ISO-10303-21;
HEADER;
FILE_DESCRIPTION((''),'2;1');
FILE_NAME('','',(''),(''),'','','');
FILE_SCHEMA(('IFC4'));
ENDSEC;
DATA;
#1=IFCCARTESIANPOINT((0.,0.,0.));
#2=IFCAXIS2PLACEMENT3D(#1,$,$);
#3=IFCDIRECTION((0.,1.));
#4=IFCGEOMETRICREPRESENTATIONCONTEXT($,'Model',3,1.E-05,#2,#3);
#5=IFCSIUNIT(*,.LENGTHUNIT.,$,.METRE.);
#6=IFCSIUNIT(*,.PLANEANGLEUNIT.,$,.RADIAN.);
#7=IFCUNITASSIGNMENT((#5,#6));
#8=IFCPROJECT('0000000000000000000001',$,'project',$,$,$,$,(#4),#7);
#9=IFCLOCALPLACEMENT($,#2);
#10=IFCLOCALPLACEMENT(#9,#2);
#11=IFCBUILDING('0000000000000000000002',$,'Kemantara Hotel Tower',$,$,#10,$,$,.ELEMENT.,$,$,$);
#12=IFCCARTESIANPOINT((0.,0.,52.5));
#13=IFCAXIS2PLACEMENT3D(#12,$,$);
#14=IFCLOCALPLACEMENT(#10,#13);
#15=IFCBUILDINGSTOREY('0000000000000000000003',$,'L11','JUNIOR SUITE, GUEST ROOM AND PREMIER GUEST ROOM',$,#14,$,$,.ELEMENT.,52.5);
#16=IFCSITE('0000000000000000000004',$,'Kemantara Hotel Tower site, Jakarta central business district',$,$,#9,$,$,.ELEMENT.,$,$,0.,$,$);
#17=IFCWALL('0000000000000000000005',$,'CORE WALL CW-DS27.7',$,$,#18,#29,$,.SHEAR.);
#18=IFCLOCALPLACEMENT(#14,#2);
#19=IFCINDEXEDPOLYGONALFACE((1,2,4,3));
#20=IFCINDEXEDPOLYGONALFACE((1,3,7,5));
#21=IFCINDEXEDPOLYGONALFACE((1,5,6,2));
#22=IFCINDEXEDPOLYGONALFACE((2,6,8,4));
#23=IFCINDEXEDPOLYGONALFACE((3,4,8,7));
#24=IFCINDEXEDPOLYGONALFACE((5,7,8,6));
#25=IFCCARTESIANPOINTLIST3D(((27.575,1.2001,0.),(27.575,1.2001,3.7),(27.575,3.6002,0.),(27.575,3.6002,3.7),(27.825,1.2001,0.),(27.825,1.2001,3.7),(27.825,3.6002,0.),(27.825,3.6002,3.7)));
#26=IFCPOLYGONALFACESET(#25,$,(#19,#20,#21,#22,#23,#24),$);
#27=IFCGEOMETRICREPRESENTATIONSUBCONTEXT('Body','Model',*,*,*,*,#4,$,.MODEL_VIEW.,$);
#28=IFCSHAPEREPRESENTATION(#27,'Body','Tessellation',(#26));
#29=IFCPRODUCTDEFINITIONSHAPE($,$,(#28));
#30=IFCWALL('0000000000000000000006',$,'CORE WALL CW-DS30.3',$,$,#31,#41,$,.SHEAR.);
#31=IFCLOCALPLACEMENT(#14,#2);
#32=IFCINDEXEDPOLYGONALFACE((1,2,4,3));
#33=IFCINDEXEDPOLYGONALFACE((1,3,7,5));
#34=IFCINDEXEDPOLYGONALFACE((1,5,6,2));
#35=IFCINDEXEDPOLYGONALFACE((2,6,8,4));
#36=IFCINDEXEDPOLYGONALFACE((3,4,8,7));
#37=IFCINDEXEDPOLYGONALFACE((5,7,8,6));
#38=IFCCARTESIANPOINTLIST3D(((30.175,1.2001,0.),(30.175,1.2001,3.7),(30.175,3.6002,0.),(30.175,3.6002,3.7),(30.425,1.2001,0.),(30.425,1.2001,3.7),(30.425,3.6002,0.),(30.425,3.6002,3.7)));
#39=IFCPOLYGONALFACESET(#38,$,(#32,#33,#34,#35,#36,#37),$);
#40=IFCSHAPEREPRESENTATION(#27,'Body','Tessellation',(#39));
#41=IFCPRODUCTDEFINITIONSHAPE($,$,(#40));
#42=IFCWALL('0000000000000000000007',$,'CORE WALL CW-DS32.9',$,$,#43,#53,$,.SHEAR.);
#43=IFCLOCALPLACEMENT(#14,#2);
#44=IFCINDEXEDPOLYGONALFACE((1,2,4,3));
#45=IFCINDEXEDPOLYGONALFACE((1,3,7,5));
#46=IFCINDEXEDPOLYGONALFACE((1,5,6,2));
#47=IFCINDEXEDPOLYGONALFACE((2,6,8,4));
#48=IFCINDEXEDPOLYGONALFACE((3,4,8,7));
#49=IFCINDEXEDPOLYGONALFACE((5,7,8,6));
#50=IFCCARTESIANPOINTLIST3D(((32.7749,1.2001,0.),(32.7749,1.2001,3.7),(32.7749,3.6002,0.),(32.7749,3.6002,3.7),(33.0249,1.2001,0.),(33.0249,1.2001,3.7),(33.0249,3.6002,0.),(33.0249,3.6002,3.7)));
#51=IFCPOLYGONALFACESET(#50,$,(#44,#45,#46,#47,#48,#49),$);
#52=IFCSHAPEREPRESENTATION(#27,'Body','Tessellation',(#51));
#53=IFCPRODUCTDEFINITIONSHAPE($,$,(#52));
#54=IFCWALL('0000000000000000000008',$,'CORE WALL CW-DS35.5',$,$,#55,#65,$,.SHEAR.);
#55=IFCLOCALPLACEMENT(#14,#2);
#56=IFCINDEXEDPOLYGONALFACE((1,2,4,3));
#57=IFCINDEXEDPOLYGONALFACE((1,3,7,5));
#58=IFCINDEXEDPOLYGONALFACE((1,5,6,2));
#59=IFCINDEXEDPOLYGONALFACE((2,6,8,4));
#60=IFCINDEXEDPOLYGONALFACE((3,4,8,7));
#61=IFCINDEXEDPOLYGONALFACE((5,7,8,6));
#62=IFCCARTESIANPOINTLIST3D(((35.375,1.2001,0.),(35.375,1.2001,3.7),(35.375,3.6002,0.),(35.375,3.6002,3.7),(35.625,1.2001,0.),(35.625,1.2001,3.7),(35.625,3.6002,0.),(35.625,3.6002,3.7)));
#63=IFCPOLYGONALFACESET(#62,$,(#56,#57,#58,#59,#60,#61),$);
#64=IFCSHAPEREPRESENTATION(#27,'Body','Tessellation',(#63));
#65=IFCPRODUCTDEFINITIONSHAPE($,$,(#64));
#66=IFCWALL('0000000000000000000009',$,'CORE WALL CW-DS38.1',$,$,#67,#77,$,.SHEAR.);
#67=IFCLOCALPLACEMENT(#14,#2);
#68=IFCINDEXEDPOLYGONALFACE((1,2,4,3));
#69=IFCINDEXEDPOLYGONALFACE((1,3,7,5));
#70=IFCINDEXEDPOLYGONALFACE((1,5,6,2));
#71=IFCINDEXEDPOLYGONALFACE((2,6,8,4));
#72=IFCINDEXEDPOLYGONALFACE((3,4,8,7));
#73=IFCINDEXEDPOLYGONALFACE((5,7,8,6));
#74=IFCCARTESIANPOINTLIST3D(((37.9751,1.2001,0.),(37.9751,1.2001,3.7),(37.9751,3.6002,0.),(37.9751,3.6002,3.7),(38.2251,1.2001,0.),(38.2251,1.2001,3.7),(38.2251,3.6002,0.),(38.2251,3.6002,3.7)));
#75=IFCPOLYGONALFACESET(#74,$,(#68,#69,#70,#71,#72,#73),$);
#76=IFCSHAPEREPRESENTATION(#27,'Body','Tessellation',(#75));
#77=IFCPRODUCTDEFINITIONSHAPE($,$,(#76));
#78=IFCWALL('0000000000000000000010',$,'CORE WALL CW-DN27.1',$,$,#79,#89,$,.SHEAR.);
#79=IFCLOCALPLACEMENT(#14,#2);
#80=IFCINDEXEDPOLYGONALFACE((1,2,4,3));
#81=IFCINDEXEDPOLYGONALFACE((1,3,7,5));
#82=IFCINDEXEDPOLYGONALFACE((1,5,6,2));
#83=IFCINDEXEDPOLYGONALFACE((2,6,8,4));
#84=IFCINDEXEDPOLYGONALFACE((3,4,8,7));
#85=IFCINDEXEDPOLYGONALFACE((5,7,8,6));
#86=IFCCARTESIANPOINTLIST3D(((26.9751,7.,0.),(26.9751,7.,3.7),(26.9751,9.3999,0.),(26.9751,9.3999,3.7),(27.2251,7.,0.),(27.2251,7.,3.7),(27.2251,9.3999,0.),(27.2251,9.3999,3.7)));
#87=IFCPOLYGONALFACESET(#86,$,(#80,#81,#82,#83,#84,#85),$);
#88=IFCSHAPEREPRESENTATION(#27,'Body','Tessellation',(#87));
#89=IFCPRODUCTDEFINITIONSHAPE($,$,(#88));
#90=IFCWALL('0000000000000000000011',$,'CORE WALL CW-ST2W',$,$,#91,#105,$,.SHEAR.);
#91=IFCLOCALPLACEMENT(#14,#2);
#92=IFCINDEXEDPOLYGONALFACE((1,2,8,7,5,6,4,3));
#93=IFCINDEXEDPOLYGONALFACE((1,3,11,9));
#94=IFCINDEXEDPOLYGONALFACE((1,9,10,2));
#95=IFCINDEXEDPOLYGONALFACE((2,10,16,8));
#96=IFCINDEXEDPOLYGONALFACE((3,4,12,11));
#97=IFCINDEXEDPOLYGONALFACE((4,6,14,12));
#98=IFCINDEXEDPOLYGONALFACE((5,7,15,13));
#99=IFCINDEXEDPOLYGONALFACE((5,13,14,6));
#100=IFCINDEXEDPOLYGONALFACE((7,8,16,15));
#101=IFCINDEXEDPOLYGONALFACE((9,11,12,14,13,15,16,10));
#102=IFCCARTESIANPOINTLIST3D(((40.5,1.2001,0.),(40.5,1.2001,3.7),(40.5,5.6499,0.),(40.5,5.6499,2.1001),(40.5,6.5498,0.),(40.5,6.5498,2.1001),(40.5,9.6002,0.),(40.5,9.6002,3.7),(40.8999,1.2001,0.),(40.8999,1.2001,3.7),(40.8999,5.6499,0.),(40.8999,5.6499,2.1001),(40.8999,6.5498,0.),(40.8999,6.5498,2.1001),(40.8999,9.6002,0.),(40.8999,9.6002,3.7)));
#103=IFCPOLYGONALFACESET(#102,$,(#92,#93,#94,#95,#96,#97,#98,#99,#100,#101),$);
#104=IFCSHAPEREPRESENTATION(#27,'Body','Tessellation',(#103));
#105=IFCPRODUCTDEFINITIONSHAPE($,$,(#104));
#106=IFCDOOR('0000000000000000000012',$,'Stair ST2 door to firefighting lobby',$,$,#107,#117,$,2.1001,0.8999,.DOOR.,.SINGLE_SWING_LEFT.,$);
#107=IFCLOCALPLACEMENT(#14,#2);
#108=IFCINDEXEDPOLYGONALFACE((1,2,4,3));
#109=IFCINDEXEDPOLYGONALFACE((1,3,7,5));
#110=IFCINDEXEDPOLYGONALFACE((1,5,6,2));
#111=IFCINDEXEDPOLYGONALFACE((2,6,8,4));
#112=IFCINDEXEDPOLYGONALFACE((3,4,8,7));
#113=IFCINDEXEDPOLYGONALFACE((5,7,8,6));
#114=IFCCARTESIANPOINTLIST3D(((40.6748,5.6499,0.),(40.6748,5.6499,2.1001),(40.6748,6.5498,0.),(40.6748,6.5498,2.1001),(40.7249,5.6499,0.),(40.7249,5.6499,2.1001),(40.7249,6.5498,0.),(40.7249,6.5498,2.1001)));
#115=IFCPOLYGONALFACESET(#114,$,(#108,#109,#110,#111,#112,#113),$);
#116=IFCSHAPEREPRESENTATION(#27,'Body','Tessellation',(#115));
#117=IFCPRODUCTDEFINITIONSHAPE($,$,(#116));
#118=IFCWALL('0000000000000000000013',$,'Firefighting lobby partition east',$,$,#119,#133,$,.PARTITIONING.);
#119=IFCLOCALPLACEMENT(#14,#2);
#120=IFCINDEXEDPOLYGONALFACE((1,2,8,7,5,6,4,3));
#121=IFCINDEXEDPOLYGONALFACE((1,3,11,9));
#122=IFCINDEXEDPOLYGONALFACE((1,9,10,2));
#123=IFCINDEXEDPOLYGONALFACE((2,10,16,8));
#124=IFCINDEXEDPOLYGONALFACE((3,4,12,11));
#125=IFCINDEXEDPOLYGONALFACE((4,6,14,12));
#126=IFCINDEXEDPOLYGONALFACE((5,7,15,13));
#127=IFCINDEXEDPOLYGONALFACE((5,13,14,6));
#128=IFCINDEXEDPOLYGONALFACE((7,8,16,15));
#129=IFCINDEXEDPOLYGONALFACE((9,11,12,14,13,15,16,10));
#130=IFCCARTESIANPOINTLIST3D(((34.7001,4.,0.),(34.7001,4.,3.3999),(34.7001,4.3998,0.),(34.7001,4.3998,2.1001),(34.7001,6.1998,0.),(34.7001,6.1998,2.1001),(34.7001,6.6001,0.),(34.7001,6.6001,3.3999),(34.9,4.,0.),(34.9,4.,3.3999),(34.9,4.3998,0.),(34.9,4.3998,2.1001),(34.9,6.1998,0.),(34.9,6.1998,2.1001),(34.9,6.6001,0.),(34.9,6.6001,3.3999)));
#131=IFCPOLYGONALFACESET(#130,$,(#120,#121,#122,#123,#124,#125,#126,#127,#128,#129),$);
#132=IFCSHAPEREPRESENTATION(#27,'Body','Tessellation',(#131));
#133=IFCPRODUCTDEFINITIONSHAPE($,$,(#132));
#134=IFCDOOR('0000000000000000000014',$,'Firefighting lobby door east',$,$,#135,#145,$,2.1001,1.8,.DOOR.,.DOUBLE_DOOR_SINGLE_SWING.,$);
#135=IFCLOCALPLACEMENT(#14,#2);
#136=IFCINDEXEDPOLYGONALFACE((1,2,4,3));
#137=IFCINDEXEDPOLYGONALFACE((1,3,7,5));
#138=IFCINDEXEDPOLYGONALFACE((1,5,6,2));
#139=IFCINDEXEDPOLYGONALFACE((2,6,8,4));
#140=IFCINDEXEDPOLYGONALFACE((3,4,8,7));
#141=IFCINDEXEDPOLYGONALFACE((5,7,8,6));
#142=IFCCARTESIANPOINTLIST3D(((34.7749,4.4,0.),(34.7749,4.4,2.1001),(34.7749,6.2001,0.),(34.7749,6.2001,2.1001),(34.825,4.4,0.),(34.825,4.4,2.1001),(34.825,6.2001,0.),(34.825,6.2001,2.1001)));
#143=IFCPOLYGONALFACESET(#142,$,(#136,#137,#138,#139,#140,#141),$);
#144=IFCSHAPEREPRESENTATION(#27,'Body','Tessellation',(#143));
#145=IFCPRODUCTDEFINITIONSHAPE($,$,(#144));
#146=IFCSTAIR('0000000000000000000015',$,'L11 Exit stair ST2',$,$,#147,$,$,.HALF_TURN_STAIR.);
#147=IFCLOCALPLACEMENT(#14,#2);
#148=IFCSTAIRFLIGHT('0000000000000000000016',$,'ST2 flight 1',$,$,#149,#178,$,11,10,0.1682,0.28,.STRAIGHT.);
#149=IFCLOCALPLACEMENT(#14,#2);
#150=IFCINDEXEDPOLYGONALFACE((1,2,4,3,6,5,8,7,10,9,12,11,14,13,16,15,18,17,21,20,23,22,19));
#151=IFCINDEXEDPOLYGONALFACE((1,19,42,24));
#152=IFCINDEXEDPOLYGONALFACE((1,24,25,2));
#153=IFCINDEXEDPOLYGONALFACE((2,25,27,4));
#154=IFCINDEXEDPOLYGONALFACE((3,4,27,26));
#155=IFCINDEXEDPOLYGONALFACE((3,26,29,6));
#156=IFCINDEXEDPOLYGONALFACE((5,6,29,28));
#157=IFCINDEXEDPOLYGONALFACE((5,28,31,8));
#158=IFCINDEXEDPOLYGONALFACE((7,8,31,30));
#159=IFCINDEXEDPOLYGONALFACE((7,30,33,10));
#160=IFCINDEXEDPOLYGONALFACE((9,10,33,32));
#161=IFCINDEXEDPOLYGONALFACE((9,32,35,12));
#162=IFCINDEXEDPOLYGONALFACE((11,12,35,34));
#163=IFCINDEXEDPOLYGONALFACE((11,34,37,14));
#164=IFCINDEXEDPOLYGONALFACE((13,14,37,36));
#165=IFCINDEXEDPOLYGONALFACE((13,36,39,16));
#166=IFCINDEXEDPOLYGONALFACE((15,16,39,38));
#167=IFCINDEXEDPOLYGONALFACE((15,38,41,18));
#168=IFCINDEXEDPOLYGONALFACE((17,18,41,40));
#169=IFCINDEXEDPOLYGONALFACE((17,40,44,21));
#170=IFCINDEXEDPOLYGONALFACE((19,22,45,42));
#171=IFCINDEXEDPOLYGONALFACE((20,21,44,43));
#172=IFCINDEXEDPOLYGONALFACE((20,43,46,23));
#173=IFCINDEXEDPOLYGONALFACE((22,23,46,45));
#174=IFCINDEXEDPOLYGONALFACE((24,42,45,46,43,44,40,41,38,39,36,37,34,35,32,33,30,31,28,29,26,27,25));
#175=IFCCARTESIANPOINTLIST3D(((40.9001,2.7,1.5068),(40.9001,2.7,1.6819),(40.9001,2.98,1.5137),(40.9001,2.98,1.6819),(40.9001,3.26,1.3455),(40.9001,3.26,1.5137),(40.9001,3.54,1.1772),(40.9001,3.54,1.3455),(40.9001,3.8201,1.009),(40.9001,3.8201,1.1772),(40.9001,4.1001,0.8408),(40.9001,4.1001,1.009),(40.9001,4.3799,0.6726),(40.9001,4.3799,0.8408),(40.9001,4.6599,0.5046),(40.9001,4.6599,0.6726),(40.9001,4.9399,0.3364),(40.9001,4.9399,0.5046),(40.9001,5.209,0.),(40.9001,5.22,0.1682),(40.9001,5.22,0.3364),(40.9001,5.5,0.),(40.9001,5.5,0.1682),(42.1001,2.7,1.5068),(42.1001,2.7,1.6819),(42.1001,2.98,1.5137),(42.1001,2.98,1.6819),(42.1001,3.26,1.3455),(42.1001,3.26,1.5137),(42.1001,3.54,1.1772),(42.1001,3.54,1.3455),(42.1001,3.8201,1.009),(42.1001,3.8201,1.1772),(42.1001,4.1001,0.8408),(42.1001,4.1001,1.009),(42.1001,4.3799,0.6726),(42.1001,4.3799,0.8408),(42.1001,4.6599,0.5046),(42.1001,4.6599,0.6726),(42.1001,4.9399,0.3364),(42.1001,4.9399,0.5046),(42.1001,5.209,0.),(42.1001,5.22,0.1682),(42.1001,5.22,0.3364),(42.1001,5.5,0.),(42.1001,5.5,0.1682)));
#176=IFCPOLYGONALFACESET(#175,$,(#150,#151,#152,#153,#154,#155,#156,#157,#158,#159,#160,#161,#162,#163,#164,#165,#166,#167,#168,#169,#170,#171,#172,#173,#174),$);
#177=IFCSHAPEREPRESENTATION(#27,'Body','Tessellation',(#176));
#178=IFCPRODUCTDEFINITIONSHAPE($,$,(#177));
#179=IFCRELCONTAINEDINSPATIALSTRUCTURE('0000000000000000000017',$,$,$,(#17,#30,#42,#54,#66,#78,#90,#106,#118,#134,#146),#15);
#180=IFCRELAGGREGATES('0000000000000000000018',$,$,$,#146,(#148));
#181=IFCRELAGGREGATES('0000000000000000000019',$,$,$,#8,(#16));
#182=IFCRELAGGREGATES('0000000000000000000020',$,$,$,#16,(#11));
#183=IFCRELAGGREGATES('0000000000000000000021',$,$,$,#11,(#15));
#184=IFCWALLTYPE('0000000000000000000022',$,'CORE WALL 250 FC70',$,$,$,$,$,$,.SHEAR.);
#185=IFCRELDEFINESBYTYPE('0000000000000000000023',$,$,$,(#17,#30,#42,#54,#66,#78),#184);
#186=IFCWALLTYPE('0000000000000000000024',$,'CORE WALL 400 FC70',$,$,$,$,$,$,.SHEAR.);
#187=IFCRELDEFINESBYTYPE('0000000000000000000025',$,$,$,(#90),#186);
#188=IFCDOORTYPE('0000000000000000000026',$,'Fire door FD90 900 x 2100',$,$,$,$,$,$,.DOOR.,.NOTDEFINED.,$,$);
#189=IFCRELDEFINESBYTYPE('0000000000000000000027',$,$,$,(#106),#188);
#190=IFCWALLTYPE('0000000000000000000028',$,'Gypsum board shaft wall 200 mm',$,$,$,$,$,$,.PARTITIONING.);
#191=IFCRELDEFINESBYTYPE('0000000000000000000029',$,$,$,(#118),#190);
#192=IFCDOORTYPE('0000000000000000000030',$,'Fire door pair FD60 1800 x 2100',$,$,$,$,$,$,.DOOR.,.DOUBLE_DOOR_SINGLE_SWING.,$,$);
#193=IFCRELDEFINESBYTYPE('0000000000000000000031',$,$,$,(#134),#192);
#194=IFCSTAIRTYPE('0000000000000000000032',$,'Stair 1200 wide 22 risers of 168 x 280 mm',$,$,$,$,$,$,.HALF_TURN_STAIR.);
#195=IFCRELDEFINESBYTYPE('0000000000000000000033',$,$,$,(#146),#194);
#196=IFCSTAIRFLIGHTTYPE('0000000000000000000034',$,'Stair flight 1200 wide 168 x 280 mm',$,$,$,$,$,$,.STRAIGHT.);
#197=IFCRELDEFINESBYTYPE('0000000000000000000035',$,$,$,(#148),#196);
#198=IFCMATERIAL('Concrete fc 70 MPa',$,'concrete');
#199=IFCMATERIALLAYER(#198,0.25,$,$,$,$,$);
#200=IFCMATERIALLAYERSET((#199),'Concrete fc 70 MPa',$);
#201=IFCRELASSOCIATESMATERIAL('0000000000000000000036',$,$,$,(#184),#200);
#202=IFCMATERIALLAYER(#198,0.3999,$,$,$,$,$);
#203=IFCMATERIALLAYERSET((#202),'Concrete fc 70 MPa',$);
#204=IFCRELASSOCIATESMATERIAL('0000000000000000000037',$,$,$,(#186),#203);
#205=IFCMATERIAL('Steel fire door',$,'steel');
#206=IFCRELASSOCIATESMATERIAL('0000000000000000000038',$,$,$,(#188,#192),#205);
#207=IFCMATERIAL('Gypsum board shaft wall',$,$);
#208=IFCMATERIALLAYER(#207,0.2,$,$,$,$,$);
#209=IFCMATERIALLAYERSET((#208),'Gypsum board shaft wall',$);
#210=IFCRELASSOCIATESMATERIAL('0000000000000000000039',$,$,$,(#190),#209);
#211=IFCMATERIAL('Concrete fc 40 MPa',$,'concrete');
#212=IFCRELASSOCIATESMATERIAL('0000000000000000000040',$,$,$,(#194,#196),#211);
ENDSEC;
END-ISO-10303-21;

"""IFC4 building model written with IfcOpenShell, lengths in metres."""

from ifc_helpers import new_model, si_unit, direction, frame, frame_2d, origin, place, context, subcontext, project, spatial, polyline, rectangle, outline, extrude, material, layer, layer_set, type_object, element, fill, aggregate, save


model = new_model("IFC4")

# Units and contexts
model_context = context("Model", 3, precision=1e-05, world=origin(), true_north=direction((0.0, 1.0)))
body_context = subcontext(model_context, "Body", "Model", "MODEL_VIEW")
ifc_project = project(units=[si_unit("LENGTHUNIT", "METRE"), si_unit("PLANEANGLEUNIT", "RADIAN")], contexts=[model_context])

# Site, building, storey
site_placement = place(None, origin())
site = spatial("IfcSite", under=ifc_project, at=site_placement, Name="Kemantara Hotel Tower site, Jakarta central business district", CompositionType="ELEMENT", RefElevation=0.0)
building_placement = place(site_placement, origin())
building = spatial("IfcBuilding", under=site, at=building_placement, Name="Kemantara Hotel Tower", CompositionType="ELEMENT")
storey_placement = place(building_placement, frame((0.0, 0.0, 52.5)))
storey = spatial("IfcBuildingStorey", under=building, at=storey_placement, Name="L11", Description="JUNIOR SUITE, GUEST ROOM AND PREMIER GUEST ROOM", CompositionType="ELEMENT", Elevation=52.5)

# Walls
ifc_material_1 = material(Name="Concrete fc 70 MPa", Category="concrete")
ifc_layer_1 = layer(ifc_material_1, 0.25)
ifc_layer_set_1 = layer_set([ifc_layer_1], Name="Concrete fc 70 MPa")
wall_type_1 = type_object("IfcWallType", Name="CORE WALL 250 FC70", PredefinedType="SHEAR", material=ifc_layer_set_1)
for number, where, z_axis, x_axis, name in (
    (1, (27.7, 1.2, 0.0), (0.0, 0.0, 1.0), (0.0, 1.0, 0.0), "CORE WALL CW-DS27.7"),
    (2, (30.3, 1.2, 0.0), (0.0, 0.0, 1.0), (0.0, 1.0, 0.0), "CORE WALL CW-DS30.3"),
    (3, (32.8999, 1.2, 0.0), (0.0, 0.0, 1.0), (0.0, 1.0, 0.0), "CORE WALL CW-DS32.9"),
    (4, (35.5, 1.2, 0.0), (0.0, 0.0, 1.0), (0.0, 1.0, 0.0), "CORE WALL CW-DS35.5"),
    (5, (38.1001, 1.2, 0.0), (0.0, 0.0, 1.0), (0.0, 1.0, 0.0), "CORE WALL CW-DS38.1"),
):
    element("IfcWall", number, at=place(storey_placement, frame(where, z_axis=z_axis, x_axis=x_axis)), inside=storey, type_object=wall_type_1, Name=name, PredefinedType="SHEAR", context=body_context, shape_type="SweptSolid", body=[
        extrude(rectangle(XDim=2.4001, YDim=0.25, at=frame_2d((1.2002, 0.0))), origin(), (0.0, 0.0, 1.0), 3.7),
    ])
wall_1_placement = place(storey_placement, frame((27.1001, 7.0, 0.0), z_axis=(0.0, 0.0, 1.0), x_axis=(0.0, 1.0, 0.0)))
element("IfcWall", 6, at=wall_1_placement, inside=storey, type_object=wall_type_1, Name="CORE WALL CW-DN27.1", PredefinedType="SHEAR", context=body_context, shape_type="SweptSolid", body=[
    extrude(rectangle(XDim=2.3999, YDim=0.25, at=frame_2d((1.2, 0.0))), origin(), (0.0, 0.0, 1.0), 3.7),
])

# Walls, openings, doors
ifc_layer_2 = layer(ifc_material_1, 0.3999)
ifc_layer_set_2 = layer_set([ifc_layer_2], Name="Concrete fc 70 MPa")
wall_type_2 = type_object("IfcWallType", Name="CORE WALL 400 FC70", PredefinedType="SHEAR", material=ifc_layer_set_2)
wall_2_placement = place(storey_placement, frame((40.7, 1.2, 0.0), z_axis=(0.0, 0.0, 1.0), x_axis=(0.0, 1.0, 0.0)))
wall_2 = element("IfcWall", 7, at=wall_2_placement, inside=storey, type_object=wall_type_2, Name="CORE WALL CW-ST2W", PredefinedType="SHEAR", context=body_context, shape_type="SweptSolid", body=[
    extrude(rectangle(XDim=8.4001, YDim=0.3999, at=frame_2d((4.2002, 0.0))), origin(), (0.0, 0.0, 1.0), 3.7),
])
opening_1_placement = place(wall_2_placement, frame((4.45, 0.0, 0.0)))
opening_1 = element("IfcOpeningElement", 8, at=opening_1_placement, cuts=wall_2, PredefinedType="OPENING", context=body_context, shape_type="SweptSolid", body=[
    extrude(rectangle(XDim=0.8999, YDim=2.1001, at=frame_2d((0.45, 1.05))), frame((0.0, 0.21, 0.0), z_axis=(0.0, -1.0, 0.0), x_axis=(1.0, 0.0, 0.0)), (0.0, 0.0, 1.0), 0.4199),
])
ifc_material_2 = material(Name="Steel fire door", Category="steel")
door_type_1 = type_object("IfcDoorType", Name="Fire door FD90 900 x 2100", OperationType="NOTDEFINED", PredefinedType="DOOR", material=ifc_material_2)
door_1_placement = place(opening_1_placement, frame((0.8999, 0.0, 0.0), z_axis=(0.0, 0.0, 1.0), x_axis=(-1.0, 0.0, 0.0)))
door_1 = element("IfcDoor", 9, at=door_1_placement, inside=storey, type_object=door_type_1, Name="Stair ST2 door to firefighting lobby", OperationType="SINGLE_SWING_LEFT", OverallHeight=2.1001, OverallWidth=0.8999, PredefinedType="DOOR", context=body_context, shape_type="SweptSolid", body=[
    extrude(rectangle(XDim=0.8999, YDim=2.1001, at=frame_2d((0.45, 1.05))), frame((0.0, 0.0249, 0.0), z_axis=(0.0, -1.0, 0.0), x_axis=(1.0, 0.0, 0.0)), (0.0, 0.0, 1.0), 0.05),
])
fill(opening_1, door_1)
ifc_material_3 = material(Name="Gypsum board shaft wall")
ifc_layer_3 = layer(ifc_material_3, 0.2)
ifc_layer_set_3 = layer_set([ifc_layer_3], Name="Gypsum board shaft wall")
wall_type_3 = type_object("IfcWallType", Name="Gypsum board shaft wall 200 mm", PredefinedType="PARTITIONING", material=ifc_layer_set_3)
wall_3_placement = place(storey_placement, frame((34.8, 4.0, 0.0), z_axis=(0.0, 0.0, 1.0), x_axis=(0.0, 1.0, 0.0)))
wall_3 = element("IfcWall", 10, at=wall_3_placement, inside=storey, type_object=wall_type_3, Name="Firefighting lobby partition east", PredefinedType="PARTITIONING", context=body_context, shape_type="SweptSolid", body=[
    extrude(rectangle(XDim=2.6001, YDim=0.2, at=frame_2d((1.3, 0.0))), origin(), (0.0, 0.0, 1.0), 3.3999),
])
opening_2_placement = place(wall_3_placement, frame((0.3999, 0.0, 0.0)))
opening_2 = element("IfcOpeningElement", 11, at=opening_2_placement, cuts=wall_3, PredefinedType="OPENING", context=body_context, shape_type="SweptSolid", body=[
    extrude(rectangle(XDim=1.8, YDim=2.1001, at=frame_2d((0.8999, 1.05))), frame((0.0, 0.1099, 0.0), z_axis=(0.0, -1.0, 0.0), x_axis=(1.0, 0.0, 0.0)), (0.0, 0.0, 1.0), 0.22),
])
door_type_2 = type_object("IfcDoorType", Name="Fire door pair FD60 1800 x 2100", OperationType="DOUBLE_DOOR_SINGLE_SWING", PredefinedType="DOOR", material=ifc_material_2)
door_2_placement = place(opening_2_placement, frame((1.8, 0.0, 0.0), z_axis=(0.0, 0.0, 1.0), x_axis=(-1.0, 0.0, 0.0)))
door_2 = element("IfcDoor", 12, at=door_2_placement, inside=storey, type_object=door_type_2, Name="Firefighting lobby door east", OperationType="DOUBLE_DOOR_SINGLE_SWING", OverallHeight=2.1001, OverallWidth=1.8, PredefinedType="DOOR", context=body_context, shape_type="SweptSolid", body=[
    extrude(rectangle(XDim=1.8, YDim=2.1001, at=frame_2d((0.8999, 1.05))), frame((0.0, 0.0249, 0.0), z_axis=(0.0, -1.0, 0.0), x_axis=(1.0, 0.0, 0.0)), (0.0, 0.0, 1.0), 0.05),
])
fill(opening_2, door_2)

# Stair, stair flight
ifc_material_4 = material(Name="Concrete fc 40 MPa", Category="concrete")
stair_type = type_object("IfcStairType", Name="Stair 1200 wide 22 risers of 168 x 280 mm", PredefinedType="HALF_TURN_STAIR", material=ifc_material_4)
stair_placement = place(storey_placement, origin())
stair = element("IfcStair", 13, at=stair_placement, inside=storey, type_object=stair_type, Name="L11 Exit stair ST2", PredefinedType="HALF_TURN_STAIR")
stair_flight_type = type_object("IfcStairFlightType", Name="Stair flight 1200 wide 168 x 280 mm", PredefinedType="STRAIGHT", material=ifc_material_4)
stair_flight_placement = place(storey_placement, frame((41.5, 5.5, 0.0), z_axis=(0.0, 0.0, 1.0), x_axis=(0.0, -1.0, 0.0)))
stair_flight = element("IfcStairFlight", 14, at=stair_flight_placement, type_object=stair_flight_type, Name="ST2 flight 1", NumberOfRisers=11, NumberOfTreads=10, PredefinedType="STRAIGHT", RiserHeight=0.1682, TreadLength=0.28, context=body_context, shape_type="SweptSolid", body=[
    extrude(outline(polyline([(0.0, 0.0), (0.0, 0.1682), (0.28, 0.1682), (0.28, 0.3364), (0.5601, 0.3364), (0.5601, 0.5046), (0.8401, 0.5046), (0.8401, 0.6726), (1.1201, 0.6726), (1.1201, 0.8408), (1.3999, 0.8408), (1.3999, 1.009), (1.6799, 1.009), (1.6799, 1.1772), (1.96, 1.1772), (1.96, 1.3455), (2.24, 1.3455), (2.24, 1.5137), (2.52, 1.5137), (2.52, 1.6819), (2.8, 1.6819), (2.8, 1.8501), (2.8, 1.5068), (0.291, 0.0), (0.0, 0.0)])), frame((0.0, 0.6001, 0.0), z_axis=(0.0, -1.0, 0.0), x_axis=(1.0, 0.0, 0.0)), (0.0, 0.0, 1.0), 1.2),
])
aggregate(stair, [stair_flight])

save(model, "model.ifc")
